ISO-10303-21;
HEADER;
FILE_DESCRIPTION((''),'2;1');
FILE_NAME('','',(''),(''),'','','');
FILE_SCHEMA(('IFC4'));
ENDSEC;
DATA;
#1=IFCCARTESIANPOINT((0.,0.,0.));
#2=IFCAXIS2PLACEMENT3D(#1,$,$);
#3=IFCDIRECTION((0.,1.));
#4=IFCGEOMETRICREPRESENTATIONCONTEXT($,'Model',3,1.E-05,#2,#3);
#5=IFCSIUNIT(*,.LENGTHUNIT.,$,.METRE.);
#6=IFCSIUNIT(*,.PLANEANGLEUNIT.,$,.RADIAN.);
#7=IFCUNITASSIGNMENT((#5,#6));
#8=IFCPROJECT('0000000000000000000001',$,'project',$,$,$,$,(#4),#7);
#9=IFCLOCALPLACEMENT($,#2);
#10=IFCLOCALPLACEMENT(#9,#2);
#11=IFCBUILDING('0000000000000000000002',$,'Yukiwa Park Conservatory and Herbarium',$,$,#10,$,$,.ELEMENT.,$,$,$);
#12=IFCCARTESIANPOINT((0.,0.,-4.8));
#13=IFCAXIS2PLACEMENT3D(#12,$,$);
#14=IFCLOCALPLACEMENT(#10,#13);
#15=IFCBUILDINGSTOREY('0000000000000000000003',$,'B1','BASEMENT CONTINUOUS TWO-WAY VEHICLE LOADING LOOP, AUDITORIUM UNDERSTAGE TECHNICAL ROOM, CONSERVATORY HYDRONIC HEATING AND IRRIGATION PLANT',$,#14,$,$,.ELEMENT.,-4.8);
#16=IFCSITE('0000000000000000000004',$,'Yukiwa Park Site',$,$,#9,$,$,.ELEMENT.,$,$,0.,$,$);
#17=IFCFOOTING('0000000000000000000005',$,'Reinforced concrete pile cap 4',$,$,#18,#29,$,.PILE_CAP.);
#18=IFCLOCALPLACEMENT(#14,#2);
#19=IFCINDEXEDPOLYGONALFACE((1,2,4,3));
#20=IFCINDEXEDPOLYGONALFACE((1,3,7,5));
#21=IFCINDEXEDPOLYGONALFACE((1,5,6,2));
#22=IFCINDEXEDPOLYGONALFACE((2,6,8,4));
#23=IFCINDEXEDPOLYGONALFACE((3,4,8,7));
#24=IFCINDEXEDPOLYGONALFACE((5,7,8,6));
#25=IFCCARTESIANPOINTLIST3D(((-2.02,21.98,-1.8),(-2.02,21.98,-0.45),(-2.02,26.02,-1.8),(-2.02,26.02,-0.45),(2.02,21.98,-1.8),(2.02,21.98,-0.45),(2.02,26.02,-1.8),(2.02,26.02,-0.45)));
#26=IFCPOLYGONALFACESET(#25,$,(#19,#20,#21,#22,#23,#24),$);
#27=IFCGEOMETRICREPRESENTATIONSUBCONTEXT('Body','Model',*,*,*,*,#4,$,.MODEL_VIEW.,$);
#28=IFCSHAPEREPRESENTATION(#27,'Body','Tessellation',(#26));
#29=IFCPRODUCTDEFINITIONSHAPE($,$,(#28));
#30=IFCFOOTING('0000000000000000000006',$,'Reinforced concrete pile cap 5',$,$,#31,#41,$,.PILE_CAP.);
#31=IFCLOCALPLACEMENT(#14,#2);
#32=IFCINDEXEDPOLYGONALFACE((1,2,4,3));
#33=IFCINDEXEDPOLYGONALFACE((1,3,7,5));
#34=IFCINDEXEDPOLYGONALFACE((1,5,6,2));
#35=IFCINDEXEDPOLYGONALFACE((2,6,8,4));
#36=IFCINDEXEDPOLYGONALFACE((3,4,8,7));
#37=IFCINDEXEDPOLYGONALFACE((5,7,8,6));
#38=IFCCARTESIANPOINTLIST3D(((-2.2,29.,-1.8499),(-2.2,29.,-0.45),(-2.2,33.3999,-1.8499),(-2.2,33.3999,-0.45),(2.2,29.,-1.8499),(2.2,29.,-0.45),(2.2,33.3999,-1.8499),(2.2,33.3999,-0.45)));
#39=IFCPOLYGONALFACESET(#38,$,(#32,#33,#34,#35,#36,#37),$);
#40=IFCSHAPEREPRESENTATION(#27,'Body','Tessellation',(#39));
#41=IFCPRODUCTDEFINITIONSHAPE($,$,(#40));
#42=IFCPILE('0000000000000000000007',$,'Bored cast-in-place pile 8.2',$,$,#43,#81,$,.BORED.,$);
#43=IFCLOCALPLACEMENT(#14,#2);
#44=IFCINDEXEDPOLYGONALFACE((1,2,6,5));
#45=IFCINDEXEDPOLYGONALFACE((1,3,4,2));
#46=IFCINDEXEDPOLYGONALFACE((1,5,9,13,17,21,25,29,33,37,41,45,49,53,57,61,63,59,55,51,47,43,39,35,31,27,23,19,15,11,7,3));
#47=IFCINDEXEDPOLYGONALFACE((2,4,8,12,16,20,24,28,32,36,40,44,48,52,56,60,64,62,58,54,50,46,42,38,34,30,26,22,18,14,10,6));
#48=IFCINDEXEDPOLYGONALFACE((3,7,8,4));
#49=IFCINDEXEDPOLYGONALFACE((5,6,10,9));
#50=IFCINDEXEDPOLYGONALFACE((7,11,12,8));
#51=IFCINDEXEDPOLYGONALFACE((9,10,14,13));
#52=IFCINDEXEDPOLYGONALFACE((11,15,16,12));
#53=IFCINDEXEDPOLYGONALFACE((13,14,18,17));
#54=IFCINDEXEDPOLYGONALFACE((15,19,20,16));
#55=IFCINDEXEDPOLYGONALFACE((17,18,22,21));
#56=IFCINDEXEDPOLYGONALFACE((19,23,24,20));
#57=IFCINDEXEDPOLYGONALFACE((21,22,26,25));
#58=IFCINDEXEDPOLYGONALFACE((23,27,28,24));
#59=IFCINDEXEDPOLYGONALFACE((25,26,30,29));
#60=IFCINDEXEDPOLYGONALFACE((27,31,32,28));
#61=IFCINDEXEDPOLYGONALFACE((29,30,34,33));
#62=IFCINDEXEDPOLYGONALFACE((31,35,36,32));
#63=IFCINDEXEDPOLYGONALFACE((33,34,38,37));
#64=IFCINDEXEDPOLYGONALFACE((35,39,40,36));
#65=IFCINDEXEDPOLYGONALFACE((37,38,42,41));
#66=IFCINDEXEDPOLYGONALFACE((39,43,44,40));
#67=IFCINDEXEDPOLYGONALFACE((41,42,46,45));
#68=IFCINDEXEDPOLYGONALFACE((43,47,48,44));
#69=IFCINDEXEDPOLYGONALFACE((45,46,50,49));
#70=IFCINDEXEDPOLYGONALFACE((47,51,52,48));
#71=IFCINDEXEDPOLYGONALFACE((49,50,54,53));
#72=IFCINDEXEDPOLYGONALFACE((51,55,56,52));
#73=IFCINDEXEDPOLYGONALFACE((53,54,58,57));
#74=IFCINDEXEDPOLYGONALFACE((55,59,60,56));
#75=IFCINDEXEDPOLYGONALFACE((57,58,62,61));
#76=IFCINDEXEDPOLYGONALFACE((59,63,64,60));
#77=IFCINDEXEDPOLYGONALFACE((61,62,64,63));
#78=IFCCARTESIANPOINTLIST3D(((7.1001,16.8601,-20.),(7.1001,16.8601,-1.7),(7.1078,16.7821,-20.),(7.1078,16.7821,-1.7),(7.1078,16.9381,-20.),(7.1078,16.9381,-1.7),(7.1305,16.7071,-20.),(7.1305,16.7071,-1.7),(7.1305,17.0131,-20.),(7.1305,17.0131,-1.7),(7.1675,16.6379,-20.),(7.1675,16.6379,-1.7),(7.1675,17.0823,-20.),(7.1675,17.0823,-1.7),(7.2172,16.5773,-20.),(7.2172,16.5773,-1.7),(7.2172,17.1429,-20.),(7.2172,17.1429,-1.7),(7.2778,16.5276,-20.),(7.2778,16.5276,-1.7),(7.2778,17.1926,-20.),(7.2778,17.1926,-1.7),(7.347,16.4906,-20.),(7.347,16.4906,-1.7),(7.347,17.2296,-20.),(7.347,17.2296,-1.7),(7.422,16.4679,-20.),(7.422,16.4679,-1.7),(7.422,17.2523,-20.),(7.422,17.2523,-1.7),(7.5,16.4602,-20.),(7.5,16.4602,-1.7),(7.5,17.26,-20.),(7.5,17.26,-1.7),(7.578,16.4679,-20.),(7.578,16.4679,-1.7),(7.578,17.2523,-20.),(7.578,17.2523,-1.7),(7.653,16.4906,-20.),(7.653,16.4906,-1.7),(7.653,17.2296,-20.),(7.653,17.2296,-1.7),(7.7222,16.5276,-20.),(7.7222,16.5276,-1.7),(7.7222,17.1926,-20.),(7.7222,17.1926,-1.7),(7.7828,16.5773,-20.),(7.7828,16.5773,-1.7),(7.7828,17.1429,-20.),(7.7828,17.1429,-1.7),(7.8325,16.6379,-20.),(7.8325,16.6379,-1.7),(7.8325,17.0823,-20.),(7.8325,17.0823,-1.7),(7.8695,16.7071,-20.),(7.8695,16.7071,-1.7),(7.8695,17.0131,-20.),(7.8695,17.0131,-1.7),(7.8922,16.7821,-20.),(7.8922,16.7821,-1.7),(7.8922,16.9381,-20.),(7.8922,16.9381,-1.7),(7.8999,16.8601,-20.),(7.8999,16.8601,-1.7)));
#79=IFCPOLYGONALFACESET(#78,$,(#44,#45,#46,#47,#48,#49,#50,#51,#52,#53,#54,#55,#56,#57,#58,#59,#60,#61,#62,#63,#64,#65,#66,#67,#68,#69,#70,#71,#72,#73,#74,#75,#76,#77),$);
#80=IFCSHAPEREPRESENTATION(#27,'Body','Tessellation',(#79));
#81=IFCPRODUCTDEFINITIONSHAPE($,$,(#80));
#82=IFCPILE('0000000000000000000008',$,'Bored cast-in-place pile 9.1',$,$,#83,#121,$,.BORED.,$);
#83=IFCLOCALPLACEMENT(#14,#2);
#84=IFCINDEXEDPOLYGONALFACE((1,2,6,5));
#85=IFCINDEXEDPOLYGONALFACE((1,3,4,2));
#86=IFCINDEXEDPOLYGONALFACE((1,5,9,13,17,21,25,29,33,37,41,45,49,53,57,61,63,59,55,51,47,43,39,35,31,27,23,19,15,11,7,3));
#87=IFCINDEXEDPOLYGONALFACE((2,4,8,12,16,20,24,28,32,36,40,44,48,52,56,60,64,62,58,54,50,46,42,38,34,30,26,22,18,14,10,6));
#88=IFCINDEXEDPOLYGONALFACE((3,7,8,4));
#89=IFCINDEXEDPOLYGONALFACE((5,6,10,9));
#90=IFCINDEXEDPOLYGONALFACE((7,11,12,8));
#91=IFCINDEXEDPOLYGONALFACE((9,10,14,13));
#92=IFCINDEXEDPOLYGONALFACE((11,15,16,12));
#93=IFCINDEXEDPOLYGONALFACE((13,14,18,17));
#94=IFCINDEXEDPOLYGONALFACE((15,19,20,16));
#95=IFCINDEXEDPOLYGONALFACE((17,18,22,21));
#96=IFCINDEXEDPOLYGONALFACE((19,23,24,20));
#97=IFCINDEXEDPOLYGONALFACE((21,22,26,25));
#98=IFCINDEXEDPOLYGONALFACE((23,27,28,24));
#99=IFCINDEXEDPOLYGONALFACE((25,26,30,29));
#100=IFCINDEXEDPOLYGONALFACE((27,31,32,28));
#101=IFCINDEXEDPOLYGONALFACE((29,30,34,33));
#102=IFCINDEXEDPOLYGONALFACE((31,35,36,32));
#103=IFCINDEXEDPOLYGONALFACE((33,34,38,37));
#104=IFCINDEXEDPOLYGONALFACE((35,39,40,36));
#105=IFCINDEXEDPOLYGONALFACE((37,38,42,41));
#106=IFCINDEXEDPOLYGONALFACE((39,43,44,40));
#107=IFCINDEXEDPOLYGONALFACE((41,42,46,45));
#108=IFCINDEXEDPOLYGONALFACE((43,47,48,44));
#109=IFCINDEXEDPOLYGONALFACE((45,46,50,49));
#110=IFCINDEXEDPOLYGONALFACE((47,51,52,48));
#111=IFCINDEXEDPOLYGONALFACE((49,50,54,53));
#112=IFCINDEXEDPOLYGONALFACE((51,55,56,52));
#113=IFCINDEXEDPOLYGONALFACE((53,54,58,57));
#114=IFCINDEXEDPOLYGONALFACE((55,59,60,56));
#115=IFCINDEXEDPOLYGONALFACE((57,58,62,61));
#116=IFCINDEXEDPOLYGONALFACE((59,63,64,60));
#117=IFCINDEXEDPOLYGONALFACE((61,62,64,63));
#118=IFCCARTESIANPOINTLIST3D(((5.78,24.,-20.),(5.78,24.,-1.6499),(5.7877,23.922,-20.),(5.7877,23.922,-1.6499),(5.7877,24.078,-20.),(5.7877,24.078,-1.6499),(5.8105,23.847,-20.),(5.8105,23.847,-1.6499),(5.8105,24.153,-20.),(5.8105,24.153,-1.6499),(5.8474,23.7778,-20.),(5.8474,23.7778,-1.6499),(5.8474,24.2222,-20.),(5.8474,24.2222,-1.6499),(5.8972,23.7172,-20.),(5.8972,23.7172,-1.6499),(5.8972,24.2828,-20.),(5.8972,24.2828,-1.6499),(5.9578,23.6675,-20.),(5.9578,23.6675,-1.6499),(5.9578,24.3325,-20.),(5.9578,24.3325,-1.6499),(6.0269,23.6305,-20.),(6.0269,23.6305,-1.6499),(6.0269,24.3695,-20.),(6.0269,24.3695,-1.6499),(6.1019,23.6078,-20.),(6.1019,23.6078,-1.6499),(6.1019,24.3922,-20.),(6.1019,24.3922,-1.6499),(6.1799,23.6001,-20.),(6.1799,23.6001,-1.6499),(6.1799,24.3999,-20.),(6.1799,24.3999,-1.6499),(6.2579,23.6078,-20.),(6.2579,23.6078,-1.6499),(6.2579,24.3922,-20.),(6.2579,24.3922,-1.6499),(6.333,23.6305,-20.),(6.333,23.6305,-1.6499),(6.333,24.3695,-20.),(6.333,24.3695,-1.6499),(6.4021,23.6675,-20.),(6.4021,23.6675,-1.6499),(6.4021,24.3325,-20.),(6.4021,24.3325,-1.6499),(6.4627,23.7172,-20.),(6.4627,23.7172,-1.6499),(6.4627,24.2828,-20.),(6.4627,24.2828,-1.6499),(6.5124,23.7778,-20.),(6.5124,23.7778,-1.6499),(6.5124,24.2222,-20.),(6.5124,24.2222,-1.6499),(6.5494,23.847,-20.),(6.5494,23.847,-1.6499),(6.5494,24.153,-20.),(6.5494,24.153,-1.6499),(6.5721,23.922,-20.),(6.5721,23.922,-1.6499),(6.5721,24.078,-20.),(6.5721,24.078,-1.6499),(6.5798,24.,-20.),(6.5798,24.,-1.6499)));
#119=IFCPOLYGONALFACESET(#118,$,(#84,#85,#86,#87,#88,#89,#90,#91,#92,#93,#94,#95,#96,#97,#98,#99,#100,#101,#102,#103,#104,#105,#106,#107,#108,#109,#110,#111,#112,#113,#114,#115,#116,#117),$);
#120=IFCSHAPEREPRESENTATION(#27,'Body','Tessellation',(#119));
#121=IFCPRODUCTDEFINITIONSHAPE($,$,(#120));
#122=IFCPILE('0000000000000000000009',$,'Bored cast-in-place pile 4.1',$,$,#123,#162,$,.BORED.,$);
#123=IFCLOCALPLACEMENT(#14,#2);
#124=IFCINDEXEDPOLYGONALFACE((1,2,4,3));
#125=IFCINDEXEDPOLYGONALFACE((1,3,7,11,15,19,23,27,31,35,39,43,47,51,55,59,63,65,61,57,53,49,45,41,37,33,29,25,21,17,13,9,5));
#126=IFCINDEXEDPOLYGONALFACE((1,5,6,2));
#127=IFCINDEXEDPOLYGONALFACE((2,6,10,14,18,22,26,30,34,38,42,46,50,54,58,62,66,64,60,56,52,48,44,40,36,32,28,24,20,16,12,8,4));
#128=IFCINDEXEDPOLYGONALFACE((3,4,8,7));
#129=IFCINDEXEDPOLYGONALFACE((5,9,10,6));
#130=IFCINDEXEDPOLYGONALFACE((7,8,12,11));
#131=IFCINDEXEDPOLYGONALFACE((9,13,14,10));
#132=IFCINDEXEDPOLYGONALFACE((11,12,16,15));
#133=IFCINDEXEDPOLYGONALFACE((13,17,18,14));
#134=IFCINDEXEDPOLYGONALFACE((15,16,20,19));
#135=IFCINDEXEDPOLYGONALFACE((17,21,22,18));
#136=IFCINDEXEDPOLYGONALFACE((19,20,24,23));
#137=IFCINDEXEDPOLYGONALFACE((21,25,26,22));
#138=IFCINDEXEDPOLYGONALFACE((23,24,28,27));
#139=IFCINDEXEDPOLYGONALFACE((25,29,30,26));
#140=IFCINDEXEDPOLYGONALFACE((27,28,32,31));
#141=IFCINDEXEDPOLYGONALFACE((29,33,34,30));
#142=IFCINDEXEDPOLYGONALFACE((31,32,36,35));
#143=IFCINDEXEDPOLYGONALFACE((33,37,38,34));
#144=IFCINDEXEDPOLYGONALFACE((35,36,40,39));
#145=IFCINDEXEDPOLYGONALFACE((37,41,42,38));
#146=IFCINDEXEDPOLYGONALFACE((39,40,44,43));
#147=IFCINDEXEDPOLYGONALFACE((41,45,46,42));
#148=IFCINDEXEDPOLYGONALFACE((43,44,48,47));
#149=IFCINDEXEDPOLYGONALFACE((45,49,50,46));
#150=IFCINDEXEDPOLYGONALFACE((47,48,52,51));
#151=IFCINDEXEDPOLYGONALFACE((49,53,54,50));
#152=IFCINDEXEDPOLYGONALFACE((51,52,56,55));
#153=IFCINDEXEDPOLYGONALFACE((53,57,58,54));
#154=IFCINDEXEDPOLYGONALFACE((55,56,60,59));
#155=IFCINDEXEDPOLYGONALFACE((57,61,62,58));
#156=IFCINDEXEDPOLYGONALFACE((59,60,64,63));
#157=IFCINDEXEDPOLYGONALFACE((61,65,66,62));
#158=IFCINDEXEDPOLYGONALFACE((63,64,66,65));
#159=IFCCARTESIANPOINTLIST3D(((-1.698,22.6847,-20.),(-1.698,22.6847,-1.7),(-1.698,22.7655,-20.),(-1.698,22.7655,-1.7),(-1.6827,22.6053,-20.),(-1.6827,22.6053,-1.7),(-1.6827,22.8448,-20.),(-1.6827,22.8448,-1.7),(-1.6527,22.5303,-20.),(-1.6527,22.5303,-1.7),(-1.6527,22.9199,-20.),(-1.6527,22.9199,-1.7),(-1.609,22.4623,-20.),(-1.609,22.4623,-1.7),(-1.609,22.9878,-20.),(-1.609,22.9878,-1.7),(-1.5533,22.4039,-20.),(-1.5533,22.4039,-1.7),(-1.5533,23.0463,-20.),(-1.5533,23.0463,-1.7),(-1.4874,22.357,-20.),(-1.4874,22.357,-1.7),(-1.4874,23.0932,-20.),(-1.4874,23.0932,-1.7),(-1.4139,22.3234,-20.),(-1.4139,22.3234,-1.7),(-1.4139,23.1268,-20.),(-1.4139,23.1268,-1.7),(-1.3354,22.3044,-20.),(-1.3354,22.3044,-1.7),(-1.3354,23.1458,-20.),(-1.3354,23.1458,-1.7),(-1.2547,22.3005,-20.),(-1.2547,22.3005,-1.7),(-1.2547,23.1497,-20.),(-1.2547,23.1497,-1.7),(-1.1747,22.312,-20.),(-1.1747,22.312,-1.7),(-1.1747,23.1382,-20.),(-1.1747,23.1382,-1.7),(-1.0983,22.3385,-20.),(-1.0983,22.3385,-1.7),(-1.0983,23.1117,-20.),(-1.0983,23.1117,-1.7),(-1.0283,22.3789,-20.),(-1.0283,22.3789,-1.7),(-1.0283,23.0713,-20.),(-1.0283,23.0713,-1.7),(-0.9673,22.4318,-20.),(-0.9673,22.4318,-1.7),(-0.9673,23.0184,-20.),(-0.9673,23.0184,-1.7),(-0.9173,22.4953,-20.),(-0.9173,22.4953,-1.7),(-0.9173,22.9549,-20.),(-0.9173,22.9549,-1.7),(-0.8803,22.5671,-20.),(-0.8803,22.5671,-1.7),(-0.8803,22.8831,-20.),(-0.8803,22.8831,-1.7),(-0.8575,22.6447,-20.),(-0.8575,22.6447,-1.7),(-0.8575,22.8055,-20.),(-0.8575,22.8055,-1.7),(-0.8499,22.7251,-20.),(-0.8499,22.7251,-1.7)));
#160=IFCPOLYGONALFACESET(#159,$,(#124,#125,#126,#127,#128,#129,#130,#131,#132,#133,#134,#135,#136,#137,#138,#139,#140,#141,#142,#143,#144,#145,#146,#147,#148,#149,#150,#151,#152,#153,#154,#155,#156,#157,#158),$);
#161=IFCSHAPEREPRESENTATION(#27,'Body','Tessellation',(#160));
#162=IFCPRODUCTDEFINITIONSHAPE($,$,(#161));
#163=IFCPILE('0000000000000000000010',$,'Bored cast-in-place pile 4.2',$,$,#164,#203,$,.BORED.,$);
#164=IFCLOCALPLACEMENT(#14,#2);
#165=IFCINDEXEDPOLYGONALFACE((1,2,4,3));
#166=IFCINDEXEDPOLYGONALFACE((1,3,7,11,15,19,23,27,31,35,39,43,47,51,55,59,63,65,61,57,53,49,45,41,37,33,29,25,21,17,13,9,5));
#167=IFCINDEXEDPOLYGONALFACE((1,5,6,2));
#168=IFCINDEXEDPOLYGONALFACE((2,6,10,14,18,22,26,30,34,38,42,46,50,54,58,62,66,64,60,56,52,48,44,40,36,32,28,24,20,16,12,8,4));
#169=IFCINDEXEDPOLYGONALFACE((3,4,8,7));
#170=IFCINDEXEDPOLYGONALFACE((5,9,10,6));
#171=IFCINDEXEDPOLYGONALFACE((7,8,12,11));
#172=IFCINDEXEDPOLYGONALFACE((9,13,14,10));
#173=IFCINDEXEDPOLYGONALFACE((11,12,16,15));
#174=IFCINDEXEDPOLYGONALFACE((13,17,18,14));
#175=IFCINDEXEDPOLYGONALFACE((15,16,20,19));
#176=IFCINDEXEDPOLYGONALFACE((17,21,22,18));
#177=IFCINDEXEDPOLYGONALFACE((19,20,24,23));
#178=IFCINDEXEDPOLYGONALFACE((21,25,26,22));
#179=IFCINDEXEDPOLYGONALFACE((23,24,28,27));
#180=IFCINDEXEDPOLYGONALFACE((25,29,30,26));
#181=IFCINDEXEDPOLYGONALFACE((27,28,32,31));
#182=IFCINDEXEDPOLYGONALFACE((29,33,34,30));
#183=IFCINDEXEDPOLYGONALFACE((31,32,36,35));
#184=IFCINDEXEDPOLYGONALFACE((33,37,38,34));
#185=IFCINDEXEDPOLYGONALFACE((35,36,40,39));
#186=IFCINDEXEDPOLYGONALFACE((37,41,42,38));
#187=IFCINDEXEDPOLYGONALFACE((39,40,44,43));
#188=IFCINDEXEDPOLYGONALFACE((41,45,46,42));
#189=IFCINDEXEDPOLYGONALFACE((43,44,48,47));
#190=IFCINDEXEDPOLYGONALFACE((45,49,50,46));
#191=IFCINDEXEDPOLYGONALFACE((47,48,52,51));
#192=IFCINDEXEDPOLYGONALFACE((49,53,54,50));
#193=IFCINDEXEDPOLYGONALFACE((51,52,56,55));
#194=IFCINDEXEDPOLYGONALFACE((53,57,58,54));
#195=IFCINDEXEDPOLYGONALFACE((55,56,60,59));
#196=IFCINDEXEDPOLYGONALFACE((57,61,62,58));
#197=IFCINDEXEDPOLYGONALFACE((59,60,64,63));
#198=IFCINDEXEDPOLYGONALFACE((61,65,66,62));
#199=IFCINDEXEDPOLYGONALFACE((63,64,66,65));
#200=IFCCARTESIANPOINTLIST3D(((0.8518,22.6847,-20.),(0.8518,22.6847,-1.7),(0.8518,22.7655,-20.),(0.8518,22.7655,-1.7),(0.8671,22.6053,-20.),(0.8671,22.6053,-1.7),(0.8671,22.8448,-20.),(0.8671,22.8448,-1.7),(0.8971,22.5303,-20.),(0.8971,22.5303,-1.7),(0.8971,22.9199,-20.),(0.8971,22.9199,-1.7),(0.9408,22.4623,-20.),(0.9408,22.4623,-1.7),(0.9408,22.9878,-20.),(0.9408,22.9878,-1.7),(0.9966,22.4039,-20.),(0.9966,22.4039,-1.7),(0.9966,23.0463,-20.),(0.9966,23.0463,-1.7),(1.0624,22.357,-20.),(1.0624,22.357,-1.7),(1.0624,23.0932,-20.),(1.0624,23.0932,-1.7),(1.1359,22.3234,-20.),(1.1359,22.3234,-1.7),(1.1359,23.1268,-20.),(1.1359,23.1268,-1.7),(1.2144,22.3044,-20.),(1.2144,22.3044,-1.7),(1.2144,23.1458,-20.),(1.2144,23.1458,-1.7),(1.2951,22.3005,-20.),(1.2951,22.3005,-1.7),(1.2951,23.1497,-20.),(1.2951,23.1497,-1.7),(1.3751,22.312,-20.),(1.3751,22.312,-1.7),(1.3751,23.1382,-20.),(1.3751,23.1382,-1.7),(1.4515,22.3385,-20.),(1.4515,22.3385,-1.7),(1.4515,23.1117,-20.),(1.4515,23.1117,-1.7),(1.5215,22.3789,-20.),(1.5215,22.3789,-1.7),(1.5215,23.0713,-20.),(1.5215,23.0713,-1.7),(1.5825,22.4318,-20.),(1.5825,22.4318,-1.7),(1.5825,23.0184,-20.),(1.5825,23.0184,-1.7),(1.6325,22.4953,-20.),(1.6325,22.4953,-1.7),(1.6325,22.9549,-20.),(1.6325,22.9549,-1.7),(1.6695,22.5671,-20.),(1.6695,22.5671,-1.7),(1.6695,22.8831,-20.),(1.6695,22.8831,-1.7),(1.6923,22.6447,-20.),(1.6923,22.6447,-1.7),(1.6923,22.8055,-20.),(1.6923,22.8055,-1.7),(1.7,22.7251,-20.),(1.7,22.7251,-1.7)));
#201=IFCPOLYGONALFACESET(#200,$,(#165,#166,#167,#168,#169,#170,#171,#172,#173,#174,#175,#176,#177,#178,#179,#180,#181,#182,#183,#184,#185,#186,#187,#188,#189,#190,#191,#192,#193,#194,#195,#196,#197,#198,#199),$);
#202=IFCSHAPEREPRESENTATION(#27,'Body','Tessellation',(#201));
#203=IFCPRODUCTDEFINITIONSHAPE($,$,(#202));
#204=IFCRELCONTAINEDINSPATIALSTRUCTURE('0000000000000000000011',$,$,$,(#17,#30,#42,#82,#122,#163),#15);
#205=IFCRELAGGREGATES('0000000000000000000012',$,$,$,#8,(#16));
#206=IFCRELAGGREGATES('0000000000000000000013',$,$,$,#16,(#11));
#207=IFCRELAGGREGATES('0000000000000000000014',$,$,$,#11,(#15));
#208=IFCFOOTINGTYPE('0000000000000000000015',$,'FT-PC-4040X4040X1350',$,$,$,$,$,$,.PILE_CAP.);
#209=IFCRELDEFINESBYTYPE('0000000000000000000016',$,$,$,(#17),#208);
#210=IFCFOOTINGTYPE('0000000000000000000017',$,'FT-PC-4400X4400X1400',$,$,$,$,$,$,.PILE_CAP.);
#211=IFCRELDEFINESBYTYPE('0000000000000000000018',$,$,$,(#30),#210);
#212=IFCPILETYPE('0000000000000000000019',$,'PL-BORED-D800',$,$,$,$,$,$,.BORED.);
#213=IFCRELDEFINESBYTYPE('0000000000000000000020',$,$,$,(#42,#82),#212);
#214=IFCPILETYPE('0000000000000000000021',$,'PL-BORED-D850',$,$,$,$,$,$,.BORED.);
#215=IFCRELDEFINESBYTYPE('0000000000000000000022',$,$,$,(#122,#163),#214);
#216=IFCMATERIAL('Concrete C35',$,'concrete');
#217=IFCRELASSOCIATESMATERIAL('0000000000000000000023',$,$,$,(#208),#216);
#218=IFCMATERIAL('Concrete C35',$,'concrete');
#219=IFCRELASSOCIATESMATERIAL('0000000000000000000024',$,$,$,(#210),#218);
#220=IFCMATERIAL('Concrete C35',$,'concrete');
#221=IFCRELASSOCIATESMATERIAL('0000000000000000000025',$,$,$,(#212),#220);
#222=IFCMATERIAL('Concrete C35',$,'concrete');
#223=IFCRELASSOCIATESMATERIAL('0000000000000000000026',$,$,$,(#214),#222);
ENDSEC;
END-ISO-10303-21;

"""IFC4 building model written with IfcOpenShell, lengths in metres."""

from ifc_helpers import new_model, si_unit, direction, frame, origin, origin_2d, place, context, subcontext, project, spatial, rectangle, circle, extrude, material, material_profile, profile_set, type_object, element, save


model = new_model("IFC4")

# Units and contexts
model_context = context("Model", 3, precision=1e-05, world=origin(), true_north=direction((0.0, 1.0)))
body_context = subcontext(model_context, "Body", "Model", "MODEL_VIEW")
ifc_project = project(units=[si_unit("LENGTHUNIT", "METRE"), si_unit("PLANEANGLEUNIT", "RADIAN")], contexts=[model_context])

# Site, building, storey
site_placement = place(None, origin())
site = spatial("IfcSite", under=ifc_project, at=site_placement, Name="Yukiwa Park Site", CompositionType="ELEMENT", RefElevation=0.0)
building_placement = place(site_placement, origin())
building = spatial("IfcBuilding", under=site, at=building_placement, Name="Yukiwa Park Conservatory and Herbarium", CompositionType="ELEMENT")
storey_placement = place(building_placement, frame((0.0, 0.0, -4.8)))
storey = spatial("IfcBuildingStorey", under=building, at=storey_placement, Name="B1", Description="BASEMENT CONTINUOUS TWO-WAY VEHICLE LOADING LOOP, AUDITORIUM UNDERSTAGE TECHNICAL ROOM, CONSERVATORY HYDRONIC HEATING AND IRRIGATION PLANT", CompositionType="ELEMENT", Elevation=-4.8)

# Footings
ifc_material_1 = material(Name="Concrete C35", Category="concrete")
footing_type_1 = type_object("IfcFootingType", Name="FT-PC-4040X4040X1350", PredefinedType="PILE_CAP", material=ifc_material_1)
footing_1_placement = place(storey_placement, frame((0.0, 24.0, -1.8), z_axis=(0.0, 0.0, 1.0), x_axis=(1.0, 0.0, 0.0)))
element("IfcFooting", 1, at=footing_1_placement, inside=storey, type_object=footing_type_1, Name="Reinforced concrete pile cap 4", PredefinedType="PILE_CAP", context=body_context, shape_type="SweptSolid", body=[
    extrude(rectangle(XDim=4.04, YDim=4.04, at=origin_2d()), origin(), (0.0, 0.0, 1.0), 1.3501),
])
ifc_material_2 = material(Name="Concrete C35", Category="concrete")
footing_type_2 = type_object("IfcFootingType", Name="FT-PC-4400X4400X1400", PredefinedType="PILE_CAP", material=ifc_material_2)
footing_2_placement = place(storey_placement, frame((0.0, 31.2, -1.8499), z_axis=(0.0, 0.0, 1.0), x_axis=(1.0, 0.0, 0.0)))
element("IfcFooting", 2, at=footing_2_placement, inside=storey, type_object=footing_type_2, Name="Reinforced concrete pile cap 5", PredefinedType="PILE_CAP", context=body_context, shape_type="SweptSolid", body=[
    extrude(rectangle(XDim=4.3999, YDim=4.3999, at=origin_2d()), origin(), (0.0, 0.0, 1.0), 1.3999),
])

# Piles
ifc_material_3 = material(Name="Concrete C35", Category="concrete")
ifc_material_profile_1 = material_profile(ifc_material_3, circle(Radius=0.3999, at=origin_2d()), Name="PILE D800")
ifc_profile_set_1 = profile_set([ifc_material_profile_1], Name="Concrete C35")
pile_type_1 = type_object("IfcPileType", Name="PL-BORED-D800", PredefinedType="BORED", material=ifc_profile_set_1)
pile_1_placement = place(storey_placement, frame((7.5, 16.8601, -1.7), z_axis=(0.0, 0.0, -1.0), x_axis=(1.0, 0.0, 0.0)))
element("IfcPile", 3, at=pile_1_placement, inside=storey, type_object=pile_type_1, Name="Bored cast-in-place pile 8.2", PredefinedType="BORED", context=body_context, shape_type="SweptSolid", body=[
    extrude(circle(Radius=0.3999, at=origin_2d()), origin(), (0.0, 0.0, 1.0), 18.3),
])
pile_2_placement = place(storey_placement, frame((6.1799, 24.0, -1.6499), z_axis=(0.0, 0.0, -1.0), x_axis=(1.0, 0.0, 0.0)))
element("IfcPile", 4, at=pile_2_placement, inside=storey, type_object=pile_type_1, Name="Bored cast-in-place pile 9.1", PredefinedType="BORED", context=body_context, shape_type="SweptSolid", body=[
    extrude(circle(Radius=0.3999, at=origin_2d()), origin(), (0.0, 0.0, 1.0), 18.3501),
])
ifc_material_4 = material(Name="Concrete C35", Category="concrete")
ifc_material_profile_2 = material_profile(ifc_material_4, circle(Radius=0.425, at=origin_2d()), Name="PILE D850")
ifc_profile_set_2 = profile_set([ifc_material_profile_2], Name="Concrete C35")
pile_type_2 = type_object("IfcPileType", Name="PL-BORED-D850", PredefinedType="BORED", material=ifc_profile_set_2)
for number, where, z_axis, x_axis, name in (
    (5, (-1.2749, 22.7251, -1.7), (0.0, 0.0, -1.0), (1.0, 0.0, 0.0), "Bored cast-in-place pile 4.1"),
    (6, (1.2749, 22.7251, -1.7), (0.0, 0.0, -1.0), (1.0, 0.0, 0.0), "Bored cast-in-place pile 4.2"),
):
    element("IfcPile", number, at=place(storey_placement, frame(where, z_axis=z_axis, x_axis=x_axis)), inside=storey, type_object=pile_type_2, Name=name, PredefinedType="BORED", context=body_context, shape_type="SweptSolid", body=[
        extrude(circle(Radius=0.425, at=origin_2d()), origin(), (0.0, 0.0, 1.0), 18.3),
    ])

save(model, "model.ifc")
